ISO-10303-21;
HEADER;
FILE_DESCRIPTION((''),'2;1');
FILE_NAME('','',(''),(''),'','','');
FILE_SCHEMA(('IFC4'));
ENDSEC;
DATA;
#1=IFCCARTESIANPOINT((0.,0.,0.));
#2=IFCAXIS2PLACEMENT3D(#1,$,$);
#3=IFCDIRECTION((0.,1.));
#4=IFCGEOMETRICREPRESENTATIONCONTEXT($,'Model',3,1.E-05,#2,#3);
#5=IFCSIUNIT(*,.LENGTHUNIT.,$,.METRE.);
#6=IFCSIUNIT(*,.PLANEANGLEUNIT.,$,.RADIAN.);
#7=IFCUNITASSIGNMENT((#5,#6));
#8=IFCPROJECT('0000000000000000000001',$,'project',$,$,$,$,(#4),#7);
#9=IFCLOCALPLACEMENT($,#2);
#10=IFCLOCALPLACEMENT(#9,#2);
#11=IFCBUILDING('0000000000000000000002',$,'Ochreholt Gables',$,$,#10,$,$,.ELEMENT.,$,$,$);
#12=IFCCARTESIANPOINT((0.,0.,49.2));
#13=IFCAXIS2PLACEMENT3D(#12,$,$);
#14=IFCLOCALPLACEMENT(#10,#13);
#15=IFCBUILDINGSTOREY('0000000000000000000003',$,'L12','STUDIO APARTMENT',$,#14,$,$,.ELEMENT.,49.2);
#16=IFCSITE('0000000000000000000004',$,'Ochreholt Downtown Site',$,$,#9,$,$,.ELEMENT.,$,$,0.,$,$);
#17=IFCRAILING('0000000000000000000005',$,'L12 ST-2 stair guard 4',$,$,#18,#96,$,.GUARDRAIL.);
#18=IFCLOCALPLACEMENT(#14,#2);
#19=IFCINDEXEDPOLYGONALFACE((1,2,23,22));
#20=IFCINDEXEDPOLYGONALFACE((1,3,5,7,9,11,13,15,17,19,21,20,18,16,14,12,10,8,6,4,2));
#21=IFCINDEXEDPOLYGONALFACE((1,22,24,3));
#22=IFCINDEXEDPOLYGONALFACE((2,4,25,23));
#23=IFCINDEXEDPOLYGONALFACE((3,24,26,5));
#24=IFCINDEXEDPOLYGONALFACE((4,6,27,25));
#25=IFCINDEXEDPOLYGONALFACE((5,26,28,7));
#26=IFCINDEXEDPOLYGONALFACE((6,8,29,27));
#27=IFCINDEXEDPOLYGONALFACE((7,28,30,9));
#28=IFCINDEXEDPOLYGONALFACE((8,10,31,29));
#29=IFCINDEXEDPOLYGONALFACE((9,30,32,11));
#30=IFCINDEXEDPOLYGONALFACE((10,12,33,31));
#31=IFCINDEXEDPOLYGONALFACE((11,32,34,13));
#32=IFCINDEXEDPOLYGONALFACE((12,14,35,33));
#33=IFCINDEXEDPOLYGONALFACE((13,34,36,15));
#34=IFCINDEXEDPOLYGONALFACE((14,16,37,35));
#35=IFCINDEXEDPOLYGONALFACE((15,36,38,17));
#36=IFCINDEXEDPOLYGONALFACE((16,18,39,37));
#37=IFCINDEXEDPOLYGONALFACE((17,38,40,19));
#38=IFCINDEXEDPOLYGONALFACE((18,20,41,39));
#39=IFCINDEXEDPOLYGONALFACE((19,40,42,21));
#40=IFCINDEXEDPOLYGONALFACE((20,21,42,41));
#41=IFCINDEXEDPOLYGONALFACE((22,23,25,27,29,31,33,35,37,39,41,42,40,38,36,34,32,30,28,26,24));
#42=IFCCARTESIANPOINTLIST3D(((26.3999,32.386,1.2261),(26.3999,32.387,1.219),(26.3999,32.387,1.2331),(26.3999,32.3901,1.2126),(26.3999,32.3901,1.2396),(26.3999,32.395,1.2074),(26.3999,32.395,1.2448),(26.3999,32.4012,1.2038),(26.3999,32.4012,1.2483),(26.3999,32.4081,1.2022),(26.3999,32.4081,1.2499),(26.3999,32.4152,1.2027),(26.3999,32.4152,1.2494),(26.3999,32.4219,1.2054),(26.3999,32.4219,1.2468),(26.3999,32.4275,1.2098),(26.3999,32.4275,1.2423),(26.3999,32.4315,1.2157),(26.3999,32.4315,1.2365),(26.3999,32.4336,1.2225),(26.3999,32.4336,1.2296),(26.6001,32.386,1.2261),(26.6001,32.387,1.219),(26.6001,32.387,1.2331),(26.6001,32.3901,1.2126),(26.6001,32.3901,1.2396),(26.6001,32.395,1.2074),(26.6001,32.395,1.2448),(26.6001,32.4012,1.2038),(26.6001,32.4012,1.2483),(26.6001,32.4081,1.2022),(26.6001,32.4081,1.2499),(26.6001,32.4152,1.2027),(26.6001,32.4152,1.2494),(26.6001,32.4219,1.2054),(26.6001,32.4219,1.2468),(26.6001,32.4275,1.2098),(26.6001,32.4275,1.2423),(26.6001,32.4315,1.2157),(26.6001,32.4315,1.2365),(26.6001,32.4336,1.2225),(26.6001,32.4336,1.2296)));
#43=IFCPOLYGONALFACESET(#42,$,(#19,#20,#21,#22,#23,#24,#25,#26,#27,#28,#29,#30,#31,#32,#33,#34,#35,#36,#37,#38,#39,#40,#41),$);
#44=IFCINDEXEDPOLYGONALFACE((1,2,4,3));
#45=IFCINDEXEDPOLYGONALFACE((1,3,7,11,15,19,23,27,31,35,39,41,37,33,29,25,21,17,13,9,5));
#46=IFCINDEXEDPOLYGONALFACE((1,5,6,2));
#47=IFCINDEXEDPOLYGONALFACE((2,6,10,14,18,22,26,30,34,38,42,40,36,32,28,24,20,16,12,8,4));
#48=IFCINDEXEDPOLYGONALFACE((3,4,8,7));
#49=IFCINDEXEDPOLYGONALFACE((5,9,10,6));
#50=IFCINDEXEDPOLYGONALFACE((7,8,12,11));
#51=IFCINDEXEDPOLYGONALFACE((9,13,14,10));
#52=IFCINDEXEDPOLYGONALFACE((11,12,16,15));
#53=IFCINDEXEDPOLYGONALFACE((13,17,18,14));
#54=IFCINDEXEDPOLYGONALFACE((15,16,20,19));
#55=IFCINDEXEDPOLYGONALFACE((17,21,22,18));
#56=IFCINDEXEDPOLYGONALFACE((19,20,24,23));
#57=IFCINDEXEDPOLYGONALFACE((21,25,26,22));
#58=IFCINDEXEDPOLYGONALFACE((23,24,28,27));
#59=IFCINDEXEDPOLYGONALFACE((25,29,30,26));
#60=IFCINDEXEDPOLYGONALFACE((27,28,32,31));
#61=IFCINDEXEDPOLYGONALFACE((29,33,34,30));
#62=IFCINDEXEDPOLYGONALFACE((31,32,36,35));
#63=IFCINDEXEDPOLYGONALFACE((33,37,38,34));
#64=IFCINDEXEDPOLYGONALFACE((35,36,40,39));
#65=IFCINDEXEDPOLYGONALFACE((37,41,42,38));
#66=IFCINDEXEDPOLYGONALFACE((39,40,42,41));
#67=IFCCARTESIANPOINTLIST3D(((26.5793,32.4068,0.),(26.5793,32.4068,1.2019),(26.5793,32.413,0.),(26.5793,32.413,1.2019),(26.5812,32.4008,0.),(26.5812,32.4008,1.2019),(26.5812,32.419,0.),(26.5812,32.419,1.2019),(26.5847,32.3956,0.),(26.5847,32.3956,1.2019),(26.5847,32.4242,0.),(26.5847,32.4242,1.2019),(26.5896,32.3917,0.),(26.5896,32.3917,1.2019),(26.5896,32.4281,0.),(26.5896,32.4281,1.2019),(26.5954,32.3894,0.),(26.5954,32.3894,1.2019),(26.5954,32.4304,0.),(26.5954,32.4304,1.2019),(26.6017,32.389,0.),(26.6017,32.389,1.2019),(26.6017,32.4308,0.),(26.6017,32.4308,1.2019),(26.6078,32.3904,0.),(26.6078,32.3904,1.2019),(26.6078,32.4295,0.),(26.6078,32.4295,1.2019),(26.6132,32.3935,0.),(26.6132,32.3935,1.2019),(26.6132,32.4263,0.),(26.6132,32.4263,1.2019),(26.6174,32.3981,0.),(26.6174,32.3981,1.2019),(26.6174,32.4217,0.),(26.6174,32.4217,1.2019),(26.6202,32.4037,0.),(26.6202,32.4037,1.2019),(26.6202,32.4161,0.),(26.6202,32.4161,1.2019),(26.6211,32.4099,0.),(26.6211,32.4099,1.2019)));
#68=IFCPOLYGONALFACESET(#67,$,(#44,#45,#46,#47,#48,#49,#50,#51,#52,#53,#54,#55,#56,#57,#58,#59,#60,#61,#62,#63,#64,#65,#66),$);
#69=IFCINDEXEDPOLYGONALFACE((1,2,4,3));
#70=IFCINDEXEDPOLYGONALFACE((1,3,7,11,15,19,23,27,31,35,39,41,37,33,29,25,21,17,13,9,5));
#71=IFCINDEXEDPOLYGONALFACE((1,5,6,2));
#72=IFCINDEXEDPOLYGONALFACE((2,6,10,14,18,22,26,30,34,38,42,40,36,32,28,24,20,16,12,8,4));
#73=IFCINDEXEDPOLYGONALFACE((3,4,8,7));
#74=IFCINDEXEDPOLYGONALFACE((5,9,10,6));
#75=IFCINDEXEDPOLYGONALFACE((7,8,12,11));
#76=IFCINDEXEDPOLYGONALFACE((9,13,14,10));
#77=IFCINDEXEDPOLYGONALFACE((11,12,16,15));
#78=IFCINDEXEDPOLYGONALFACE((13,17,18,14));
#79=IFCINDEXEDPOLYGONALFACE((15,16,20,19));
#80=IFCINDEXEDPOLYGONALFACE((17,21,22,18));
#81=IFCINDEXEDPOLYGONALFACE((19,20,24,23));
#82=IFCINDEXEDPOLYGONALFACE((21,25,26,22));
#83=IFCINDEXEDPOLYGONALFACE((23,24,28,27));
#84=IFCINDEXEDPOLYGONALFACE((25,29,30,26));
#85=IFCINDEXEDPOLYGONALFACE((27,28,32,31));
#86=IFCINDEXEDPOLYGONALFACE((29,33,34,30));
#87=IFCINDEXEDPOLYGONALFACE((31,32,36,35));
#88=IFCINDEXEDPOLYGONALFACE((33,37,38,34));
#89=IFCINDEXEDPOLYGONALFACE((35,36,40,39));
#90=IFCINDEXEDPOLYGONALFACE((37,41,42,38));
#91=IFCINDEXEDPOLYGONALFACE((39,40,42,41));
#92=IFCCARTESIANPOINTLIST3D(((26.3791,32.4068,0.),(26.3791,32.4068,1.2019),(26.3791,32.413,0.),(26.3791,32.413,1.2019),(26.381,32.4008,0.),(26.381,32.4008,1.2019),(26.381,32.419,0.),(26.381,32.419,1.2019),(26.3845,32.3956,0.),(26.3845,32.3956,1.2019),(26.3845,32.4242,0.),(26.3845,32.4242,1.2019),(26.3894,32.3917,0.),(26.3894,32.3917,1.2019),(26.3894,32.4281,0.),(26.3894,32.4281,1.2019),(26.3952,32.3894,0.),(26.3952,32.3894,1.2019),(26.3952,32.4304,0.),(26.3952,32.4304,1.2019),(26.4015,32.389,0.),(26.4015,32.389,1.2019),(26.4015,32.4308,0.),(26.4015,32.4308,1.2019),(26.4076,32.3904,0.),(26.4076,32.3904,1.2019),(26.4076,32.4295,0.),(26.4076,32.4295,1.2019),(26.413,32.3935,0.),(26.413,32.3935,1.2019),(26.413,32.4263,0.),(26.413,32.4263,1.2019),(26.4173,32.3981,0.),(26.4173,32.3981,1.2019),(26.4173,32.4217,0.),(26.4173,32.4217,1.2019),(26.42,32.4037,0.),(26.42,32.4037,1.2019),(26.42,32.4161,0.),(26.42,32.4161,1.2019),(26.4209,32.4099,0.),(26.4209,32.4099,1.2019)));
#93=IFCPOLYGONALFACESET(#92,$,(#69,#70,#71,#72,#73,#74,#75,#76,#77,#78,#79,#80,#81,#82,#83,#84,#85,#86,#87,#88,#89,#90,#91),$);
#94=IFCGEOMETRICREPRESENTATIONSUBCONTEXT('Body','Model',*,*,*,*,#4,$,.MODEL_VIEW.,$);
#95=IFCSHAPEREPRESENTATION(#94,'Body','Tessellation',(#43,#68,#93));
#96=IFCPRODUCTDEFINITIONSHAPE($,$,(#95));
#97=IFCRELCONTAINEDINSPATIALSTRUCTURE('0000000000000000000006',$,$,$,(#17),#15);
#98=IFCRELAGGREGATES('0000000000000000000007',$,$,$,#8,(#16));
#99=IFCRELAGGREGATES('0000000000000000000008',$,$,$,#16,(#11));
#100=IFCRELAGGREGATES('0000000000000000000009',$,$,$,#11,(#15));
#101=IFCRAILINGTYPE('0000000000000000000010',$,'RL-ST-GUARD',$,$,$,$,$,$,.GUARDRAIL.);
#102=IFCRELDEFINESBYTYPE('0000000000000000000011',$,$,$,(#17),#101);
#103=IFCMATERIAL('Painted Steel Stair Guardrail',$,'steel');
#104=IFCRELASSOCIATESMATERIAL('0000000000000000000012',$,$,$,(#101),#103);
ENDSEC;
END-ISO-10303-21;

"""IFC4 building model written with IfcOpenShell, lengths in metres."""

from ifc_helpers import new_model, si_unit, direction, frame, origin, origin_2d, place, context, subcontext, project, spatial, circle, extrude, material, type_object, element, save


model = new_model("IFC4")

# Units and contexts
model_context = context("Model", 3, precision=1e-05, world=origin(), true_north=direction((0.0, 1.0)))
body_context = subcontext(model_context, "Body", "Model", "MODEL_VIEW")
ifc_project = project(units=[si_unit("LENGTHUNIT", "METRE"), si_unit("PLANEANGLEUNIT", "RADIAN")], contexts=[model_context])

# Site, building, storey
site_placement = place(None, origin())
site = spatial("IfcSite", under=ifc_project, at=site_placement, Name="Ochreholt Downtown Site", CompositionType="ELEMENT", RefElevation=0.0)
building_placement = place(site_placement, origin())
building = spatial("IfcBuilding", under=site, at=building_placement, Name="Ochreholt Gables", CompositionType="ELEMENT")
storey_placement = place(building_placement, frame((0.0, 0.0, 49.2)))
storey = spatial("IfcBuildingStorey", under=building, at=storey_placement, Name="L12", Description="STUDIO APARTMENT", CompositionType="ELEMENT", Elevation=49.2)

# Railing
ifc_material_1 = material(Name="Painted Steel Stair Guardrail", Category="steel")
railing_type_1 = type_object("IfcRailingType", Name="RL-ST-GUARD", PredefinedType="GUARDRAIL", material=ifc_material_1)
railing_1_placement = place(storey_placement, frame((26.6001, 32.4099, 0.0)))
element("IfcRailing", 1, at=railing_1_placement, inside=storey, type_object=railing_type_1, Name="L12 ST-2 stair guard 4", PredefinedType="GUARDRAIL", context=body_context, shape_type="SweptSolid", body=[
    extrude(circle(Radius=0.0239, at=origin_2d()), frame((0.0, 0.0, 1.2261), z_axis=(-1.0, 0.0, 0.0), x_axis=(0.0, -1.0, 0.0)), (0.0, 0.0, 1.0), 0.2002),
    extrude(circle(Radius=0.021, at=origin_2d()), origin(), (0.0, 0.0, 1.0), 1.2019),
    extrude(circle(Radius=0.021, at=origin_2d()), frame((-0.2002, 0.0, 0.0)), (0.0, 0.0, 1.0), 1.2019),
])

save(model, "model.ifc")
